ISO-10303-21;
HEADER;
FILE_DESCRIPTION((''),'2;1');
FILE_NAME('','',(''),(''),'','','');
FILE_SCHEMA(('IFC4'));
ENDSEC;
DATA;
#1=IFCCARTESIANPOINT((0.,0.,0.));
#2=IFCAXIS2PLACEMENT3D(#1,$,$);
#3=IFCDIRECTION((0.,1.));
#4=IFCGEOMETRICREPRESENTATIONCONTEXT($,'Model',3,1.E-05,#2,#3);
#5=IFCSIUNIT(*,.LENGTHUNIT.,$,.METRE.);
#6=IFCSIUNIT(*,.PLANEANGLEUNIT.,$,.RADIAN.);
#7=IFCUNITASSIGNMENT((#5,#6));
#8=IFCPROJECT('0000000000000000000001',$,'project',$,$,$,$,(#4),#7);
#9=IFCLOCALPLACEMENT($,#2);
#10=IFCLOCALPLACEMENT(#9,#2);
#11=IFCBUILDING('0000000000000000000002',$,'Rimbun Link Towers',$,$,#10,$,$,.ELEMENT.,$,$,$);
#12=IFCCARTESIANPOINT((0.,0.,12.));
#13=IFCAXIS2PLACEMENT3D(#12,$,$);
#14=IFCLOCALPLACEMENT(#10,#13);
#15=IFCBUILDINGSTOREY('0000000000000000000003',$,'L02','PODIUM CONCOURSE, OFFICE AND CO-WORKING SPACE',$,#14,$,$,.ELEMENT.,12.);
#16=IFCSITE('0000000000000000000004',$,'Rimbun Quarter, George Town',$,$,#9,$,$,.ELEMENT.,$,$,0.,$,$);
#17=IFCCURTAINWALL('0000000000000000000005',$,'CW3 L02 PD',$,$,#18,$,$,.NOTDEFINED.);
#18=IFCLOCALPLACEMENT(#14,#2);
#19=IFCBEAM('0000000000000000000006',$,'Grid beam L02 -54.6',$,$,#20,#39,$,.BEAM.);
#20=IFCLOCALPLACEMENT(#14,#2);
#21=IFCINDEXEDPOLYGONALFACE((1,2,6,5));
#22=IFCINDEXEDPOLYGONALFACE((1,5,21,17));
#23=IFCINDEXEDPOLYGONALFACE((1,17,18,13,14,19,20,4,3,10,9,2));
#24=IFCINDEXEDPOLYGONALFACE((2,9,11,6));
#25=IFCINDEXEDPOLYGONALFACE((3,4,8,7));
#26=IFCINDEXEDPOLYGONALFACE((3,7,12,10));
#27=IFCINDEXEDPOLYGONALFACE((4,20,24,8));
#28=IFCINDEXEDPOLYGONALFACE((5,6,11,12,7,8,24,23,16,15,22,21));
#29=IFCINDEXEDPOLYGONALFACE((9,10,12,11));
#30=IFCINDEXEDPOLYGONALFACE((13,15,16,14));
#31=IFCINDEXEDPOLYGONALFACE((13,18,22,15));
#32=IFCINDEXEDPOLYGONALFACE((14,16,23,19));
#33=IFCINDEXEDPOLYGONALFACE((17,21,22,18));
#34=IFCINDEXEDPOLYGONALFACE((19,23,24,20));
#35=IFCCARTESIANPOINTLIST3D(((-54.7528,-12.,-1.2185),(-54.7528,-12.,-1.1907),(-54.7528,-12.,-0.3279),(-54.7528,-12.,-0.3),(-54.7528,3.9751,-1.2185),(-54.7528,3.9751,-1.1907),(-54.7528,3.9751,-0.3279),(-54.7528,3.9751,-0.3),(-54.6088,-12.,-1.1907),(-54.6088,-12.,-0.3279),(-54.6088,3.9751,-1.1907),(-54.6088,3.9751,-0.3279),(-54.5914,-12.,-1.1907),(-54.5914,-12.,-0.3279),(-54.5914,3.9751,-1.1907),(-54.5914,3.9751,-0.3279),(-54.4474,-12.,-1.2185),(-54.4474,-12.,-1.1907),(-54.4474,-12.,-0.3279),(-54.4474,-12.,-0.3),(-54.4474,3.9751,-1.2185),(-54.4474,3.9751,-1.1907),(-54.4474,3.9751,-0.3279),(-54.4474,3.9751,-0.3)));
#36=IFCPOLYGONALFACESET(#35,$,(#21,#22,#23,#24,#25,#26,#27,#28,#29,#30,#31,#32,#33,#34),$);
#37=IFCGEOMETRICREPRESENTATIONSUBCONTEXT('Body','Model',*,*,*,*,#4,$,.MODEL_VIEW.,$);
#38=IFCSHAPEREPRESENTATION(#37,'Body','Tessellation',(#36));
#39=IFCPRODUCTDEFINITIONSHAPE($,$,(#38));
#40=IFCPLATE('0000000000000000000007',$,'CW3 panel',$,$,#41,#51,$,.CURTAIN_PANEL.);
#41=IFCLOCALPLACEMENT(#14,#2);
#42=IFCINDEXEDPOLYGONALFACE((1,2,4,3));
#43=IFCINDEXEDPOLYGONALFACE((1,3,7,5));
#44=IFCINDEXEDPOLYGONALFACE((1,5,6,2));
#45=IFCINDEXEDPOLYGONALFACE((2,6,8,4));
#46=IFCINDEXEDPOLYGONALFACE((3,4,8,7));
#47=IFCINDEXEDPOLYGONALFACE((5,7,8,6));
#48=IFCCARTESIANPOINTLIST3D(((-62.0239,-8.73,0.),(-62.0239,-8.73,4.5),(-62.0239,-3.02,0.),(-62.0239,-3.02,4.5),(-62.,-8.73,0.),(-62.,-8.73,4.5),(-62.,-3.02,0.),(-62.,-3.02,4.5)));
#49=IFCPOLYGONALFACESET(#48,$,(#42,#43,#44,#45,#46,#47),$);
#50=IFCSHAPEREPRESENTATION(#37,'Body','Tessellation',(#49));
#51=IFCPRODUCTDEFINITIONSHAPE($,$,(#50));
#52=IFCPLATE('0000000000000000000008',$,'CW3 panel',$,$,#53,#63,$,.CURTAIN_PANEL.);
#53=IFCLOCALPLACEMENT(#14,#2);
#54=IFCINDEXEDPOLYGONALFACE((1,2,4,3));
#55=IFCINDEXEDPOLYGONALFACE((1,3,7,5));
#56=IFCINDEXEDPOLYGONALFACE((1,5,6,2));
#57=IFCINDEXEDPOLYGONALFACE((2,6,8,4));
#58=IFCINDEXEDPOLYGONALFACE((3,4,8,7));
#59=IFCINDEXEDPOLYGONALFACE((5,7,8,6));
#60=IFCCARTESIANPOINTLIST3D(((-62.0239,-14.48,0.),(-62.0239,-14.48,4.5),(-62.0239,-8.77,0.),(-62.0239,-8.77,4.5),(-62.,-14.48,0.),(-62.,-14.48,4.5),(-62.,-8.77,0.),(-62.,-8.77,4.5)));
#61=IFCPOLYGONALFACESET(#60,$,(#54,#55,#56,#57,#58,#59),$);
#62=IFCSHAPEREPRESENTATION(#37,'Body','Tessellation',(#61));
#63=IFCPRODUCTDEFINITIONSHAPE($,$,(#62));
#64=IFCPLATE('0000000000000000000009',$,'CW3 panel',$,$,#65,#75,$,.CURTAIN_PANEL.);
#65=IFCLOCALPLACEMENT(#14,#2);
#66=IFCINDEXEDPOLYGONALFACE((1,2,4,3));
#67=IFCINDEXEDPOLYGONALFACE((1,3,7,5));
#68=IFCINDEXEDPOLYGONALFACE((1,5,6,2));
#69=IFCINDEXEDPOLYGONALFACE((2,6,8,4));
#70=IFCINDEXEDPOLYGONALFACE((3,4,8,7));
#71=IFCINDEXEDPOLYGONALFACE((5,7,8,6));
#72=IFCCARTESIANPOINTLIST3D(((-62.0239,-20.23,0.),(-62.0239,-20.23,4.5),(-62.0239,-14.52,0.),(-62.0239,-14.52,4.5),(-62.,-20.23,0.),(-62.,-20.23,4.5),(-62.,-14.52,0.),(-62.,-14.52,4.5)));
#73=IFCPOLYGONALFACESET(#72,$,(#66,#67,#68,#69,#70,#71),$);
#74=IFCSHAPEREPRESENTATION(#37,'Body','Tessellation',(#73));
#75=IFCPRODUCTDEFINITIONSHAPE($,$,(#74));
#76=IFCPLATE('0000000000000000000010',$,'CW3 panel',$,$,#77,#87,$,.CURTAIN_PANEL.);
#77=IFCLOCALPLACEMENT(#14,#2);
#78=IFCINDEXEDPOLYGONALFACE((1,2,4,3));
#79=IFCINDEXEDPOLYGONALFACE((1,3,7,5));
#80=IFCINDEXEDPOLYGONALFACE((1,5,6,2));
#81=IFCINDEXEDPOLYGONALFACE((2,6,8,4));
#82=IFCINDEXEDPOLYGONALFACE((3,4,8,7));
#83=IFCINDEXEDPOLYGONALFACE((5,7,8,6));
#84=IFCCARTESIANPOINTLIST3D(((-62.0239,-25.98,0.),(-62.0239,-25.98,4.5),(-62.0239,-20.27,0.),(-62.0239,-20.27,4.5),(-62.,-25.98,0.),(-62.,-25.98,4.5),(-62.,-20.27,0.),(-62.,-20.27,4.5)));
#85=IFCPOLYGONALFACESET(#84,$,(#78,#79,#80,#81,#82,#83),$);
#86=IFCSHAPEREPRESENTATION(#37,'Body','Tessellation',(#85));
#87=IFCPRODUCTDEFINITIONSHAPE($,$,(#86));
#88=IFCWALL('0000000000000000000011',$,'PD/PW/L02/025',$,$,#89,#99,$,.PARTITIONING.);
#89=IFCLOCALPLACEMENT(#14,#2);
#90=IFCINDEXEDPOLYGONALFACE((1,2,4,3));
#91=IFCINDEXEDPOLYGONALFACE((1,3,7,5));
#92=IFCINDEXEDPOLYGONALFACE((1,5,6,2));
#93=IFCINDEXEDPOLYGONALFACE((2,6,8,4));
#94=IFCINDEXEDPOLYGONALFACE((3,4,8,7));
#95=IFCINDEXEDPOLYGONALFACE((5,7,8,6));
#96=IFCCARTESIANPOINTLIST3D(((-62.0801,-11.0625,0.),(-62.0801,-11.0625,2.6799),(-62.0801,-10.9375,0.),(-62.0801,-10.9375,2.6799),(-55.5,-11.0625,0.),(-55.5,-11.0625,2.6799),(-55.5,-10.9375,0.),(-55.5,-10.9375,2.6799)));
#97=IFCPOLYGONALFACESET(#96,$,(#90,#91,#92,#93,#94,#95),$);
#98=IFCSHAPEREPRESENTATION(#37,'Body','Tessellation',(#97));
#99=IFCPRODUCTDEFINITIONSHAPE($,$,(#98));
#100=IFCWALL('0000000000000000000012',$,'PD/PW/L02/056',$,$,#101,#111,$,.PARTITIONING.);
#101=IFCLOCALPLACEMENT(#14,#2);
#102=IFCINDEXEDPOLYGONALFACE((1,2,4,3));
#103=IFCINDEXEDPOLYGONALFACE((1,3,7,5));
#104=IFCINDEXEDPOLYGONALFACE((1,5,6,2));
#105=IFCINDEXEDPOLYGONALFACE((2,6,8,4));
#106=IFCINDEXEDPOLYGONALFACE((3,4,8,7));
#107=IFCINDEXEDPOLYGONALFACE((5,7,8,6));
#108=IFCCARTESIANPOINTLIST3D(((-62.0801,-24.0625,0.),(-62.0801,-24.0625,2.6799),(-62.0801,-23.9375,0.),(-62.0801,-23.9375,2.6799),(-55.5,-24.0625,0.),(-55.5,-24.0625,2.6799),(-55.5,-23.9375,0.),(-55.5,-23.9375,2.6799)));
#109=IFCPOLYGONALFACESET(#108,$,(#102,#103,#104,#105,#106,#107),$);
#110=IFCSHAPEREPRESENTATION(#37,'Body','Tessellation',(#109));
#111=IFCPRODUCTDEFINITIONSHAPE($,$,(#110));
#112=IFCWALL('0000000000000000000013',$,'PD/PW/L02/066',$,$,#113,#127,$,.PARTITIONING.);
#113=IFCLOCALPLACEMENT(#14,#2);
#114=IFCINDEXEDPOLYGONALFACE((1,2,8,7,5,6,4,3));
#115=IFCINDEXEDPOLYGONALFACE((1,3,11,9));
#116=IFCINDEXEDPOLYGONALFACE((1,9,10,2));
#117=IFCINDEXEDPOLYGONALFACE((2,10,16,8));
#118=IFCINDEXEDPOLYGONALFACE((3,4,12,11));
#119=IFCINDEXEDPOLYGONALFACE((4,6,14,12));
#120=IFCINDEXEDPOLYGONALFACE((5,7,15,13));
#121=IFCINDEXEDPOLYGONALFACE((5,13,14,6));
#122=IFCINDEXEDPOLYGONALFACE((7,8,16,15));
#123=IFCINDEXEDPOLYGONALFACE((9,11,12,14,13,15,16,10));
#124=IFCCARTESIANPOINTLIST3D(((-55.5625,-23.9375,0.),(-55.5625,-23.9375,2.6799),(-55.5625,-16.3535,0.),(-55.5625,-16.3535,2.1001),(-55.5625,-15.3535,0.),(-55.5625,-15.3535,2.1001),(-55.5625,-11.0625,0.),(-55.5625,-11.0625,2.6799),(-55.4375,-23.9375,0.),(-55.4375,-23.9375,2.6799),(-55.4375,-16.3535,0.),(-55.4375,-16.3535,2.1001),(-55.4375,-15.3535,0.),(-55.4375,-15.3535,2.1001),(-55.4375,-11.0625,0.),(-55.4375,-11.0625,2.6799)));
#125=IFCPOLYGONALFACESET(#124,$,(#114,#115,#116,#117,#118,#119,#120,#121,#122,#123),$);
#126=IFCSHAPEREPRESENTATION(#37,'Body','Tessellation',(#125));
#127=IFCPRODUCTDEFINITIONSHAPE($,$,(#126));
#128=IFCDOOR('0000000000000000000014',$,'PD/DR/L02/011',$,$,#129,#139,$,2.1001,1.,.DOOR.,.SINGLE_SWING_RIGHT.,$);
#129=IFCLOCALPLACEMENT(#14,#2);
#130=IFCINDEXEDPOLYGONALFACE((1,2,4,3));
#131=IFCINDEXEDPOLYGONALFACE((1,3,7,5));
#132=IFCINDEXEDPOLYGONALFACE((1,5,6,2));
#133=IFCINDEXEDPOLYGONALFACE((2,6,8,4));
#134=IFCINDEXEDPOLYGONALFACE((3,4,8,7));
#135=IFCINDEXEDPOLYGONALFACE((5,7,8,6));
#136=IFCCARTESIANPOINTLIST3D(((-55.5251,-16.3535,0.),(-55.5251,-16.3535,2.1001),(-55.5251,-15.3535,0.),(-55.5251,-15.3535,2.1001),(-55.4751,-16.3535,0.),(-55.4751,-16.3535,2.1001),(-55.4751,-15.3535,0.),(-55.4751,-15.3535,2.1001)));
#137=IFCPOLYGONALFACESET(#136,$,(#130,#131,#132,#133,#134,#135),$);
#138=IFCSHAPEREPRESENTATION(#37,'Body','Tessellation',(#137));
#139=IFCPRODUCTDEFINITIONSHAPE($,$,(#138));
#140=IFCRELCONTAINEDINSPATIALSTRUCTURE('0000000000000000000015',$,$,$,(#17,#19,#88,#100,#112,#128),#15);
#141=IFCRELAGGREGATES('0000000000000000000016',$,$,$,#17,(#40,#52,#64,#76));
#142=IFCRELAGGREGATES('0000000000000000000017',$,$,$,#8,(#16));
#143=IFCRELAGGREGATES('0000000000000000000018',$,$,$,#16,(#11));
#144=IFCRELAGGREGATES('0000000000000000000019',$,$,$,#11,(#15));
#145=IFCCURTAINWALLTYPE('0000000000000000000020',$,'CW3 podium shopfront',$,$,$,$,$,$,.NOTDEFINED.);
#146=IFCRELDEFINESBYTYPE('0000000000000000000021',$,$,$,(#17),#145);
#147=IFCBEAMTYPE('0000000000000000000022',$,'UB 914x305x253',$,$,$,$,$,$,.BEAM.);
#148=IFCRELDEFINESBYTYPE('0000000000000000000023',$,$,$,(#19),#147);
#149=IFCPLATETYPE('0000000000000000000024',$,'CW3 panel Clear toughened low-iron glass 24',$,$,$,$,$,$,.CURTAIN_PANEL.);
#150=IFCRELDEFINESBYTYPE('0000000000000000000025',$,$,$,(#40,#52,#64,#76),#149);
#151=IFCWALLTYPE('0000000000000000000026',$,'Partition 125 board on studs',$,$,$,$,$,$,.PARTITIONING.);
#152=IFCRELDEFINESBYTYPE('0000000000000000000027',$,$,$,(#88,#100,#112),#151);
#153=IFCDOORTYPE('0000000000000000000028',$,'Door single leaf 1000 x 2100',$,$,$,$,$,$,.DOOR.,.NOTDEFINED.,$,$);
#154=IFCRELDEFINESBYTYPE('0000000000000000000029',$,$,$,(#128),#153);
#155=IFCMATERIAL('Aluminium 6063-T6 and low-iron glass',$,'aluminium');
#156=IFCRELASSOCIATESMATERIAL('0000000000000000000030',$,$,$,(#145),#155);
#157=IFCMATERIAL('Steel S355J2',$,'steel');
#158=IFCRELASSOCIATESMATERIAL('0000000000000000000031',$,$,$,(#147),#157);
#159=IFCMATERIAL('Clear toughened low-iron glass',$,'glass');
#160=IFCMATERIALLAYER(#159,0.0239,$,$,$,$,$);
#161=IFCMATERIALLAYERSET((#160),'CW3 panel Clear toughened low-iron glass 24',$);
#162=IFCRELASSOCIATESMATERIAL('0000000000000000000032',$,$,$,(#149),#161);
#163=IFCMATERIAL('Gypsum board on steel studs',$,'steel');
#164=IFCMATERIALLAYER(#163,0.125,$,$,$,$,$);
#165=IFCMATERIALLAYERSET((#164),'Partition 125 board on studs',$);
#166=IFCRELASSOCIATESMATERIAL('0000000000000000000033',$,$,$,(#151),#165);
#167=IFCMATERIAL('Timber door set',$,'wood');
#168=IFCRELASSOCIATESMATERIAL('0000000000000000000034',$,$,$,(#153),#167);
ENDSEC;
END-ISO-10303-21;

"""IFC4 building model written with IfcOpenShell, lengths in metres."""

from ifc_helpers import new_model, si_unit, direction, frame, frame_2d, origin, origin_2d, place, context, subcontext, project, spatial, rectangle, i_section, extrude, material, layer, layer_set, material_profile, profile_set, type_object, element, fill, aggregate, save


model = new_model("IFC4")

# Units and contexts
model_context = context("Model", 3, precision=1e-05, world=origin(), true_north=direction((0.0, 1.0)))
body_context = subcontext(model_context, "Body", "Model", "MODEL_VIEW")
ifc_project = project(units=[si_unit("LENGTHUNIT", "METRE"), si_unit("PLANEANGLEUNIT", "RADIAN")], contexts=[model_context])

# Site, building, storey
site_placement = place(None, origin())
site = spatial("IfcSite", under=ifc_project, at=site_placement, Name="Rimbun Quarter, George Town", CompositionType="ELEMENT", RefElevation=0.0)
building_placement = place(site_placement, origin())
building = spatial("IfcBuilding", under=site, at=building_placement, Name="Rimbun Link Towers", CompositionType="ELEMENT")
storey_placement = place(building_placement, frame((0.0, 0.0, 12.0)))
storey = spatial("IfcBuildingStorey", under=building, at=storey_placement, Name="L02", Description="PODIUM CONCOURSE, OFFICE AND CO-WORKING SPACE", CompositionType="ELEMENT", Elevation=12.0)

# Curtain wall
ifc_material_1 = material(Name="Aluminium 6063-T6 and low-iron glass", Category="aluminium")
curtain_wall_type = type_object("IfcCurtainWallType", Name="CW3 podium shopfront", PredefinedType="NOTDEFINED", material=ifc_material_1)
curtain_wall_placement = place(storey_placement, origin())
curtain_wall = element("IfcCurtainWall", 1, at=curtain_wall_placement, inside=storey, type_object=curtain_wall_type, Name="CW3 L02 PD", PredefinedType="NOTDEFINED")

# Beam
ifc_material_2 = material(Name="Steel S355J2", Category="steel")
ifc_material_profile_1 = material_profile(ifc_material_2, i_section(OverallWidth=0.3054, OverallDepth=0.9185, WebThickness=0.0173, FlangeThickness=0.0278, at=origin_2d()), Name="UB 914x305x253")
ifc_profile_set_1 = profile_set([ifc_material_profile_1], Name="Steel S355J2")
beam_type_1 = type_object("IfcBeamType", Name="UB 914x305x253", PredefinedType="BEAM", material=ifc_profile_set_1)
beam_1_placement = place(storey_placement, frame((-54.6001, -12.0, -0.7593), z_axis=(0.0, 1.0, 0.0), x_axis=(-1.0, 0.0, 0.0)))
element("IfcBeam", 2, at=beam_1_placement, inside=storey, type_object=beam_type_1, Name="Grid beam L02 -54.6", PredefinedType="BEAM", context=body_context, shape_type="SweptSolid", body=[
    extrude(i_section(OverallWidth=0.3054, OverallDepth=0.9185, WebThickness=0.0173, FlangeThickness=0.0278, at=origin_2d()), origin(), (0.0, 0.0, 1.0), 15.9751),
])

# Plates
ifc_material_3 = material(Name="Clear toughened low-iron glass", Category="glass")
ifc_layer_1 = layer(ifc_material_3, 0.0239)
ifc_layer_set_1 = layer_set([ifc_layer_1], Name="CW3 panel Clear toughened low-iron glass 24")
plate_type = type_object("IfcPlateType", Name="CW3 panel Clear toughened low-iron glass 24", PredefinedType="CURTAIN_PANEL", material=ifc_layer_set_1)
plate_1_placement = place(storey_placement, frame((-62.012, -5.875, 0.0), z_axis=(0.0, 0.0, 1.0), x_axis=(0.0, 1.0, 0.0)))
plate_1 = element("IfcPlate", 3, at=plate_1_placement, type_object=plate_type, Name="CW3 panel", PredefinedType="CURTAIN_PANEL", context=body_context, shape_type="SweptSolid", body=[
    extrude(rectangle(XDim=5.71, YDim=0.0239, at=origin_2d()), origin(), (0.0, 0.0, 1.0), 4.5),
])
plate_2_placement = place(storey_placement, frame((-62.012, -11.625, 0.0), z_axis=(0.0, 0.0, 1.0), x_axis=(0.0, 1.0, 0.0)))
plate_2 = element("IfcPlate", 4, at=plate_2_placement, type_object=plate_type, Name="CW3 panel", PredefinedType="CURTAIN_PANEL", context=body_context, shape_type="SweptSolid", body=[
    extrude(rectangle(XDim=5.71, YDim=0.0239, at=origin_2d()), origin(), (0.0, 0.0, 1.0), 4.5),
])
plate_3_placement = place(storey_placement, frame((-62.012, -17.375, 0.0), z_axis=(0.0, 0.0, 1.0), x_axis=(0.0, 1.0, 0.0)))
plate_3 = element("IfcPlate", 5, at=plate_3_placement, type_object=plate_type, Name="CW3 panel", PredefinedType="CURTAIN_PANEL", context=body_context, shape_type="SweptSolid", body=[
    extrude(rectangle(XDim=5.71, YDim=0.0239, at=origin_2d()), origin(), (0.0, 0.0, 1.0), 4.5),
])
plate_4_placement = place(storey_placement, frame((-62.012, -23.125, 0.0), z_axis=(0.0, 0.0, 1.0), x_axis=(0.0, 1.0, 0.0)))
plate_4 = element("IfcPlate", 6, at=plate_4_placement, type_object=plate_type, Name="CW3 panel", PredefinedType="CURTAIN_PANEL", context=body_context, shape_type="SweptSolid", body=[
    extrude(rectangle(XDim=5.71, YDim=0.0239, at=origin_2d()), origin(), (0.0, 0.0, 1.0), 4.5),
])
aggregate(curtain_wall, [plate_1, plate_2, plate_3, plate_4])

# Walls
ifc_material_4 = material(Name="Gypsum board on steel studs", Category="steel")
ifc_layer_2 = layer(ifc_material_4, 0.125)
ifc_layer_set_2 = layer_set([ifc_layer_2], Name="Partition 125 board on studs")
wall_type = type_object("IfcWallType", Name="Partition 125 board on studs", PredefinedType="PARTITIONING", material=ifc_layer_set_2)
for number, where, z_axis, x_axis, name in (
    (7, (-62.0801, -11.0, 0.0), (0.0, 0.0, 1.0), (1.0, 0.0, 0.0), "PD/PW/L02/025"),
    (8, (-55.5, -24.0, 0.0), (0.0, 0.0, 1.0), (-1.0, 0.0, 0.0), "PD/PW/L02/056"),
):
    element("IfcWall", number, at=place(storey_placement, frame(where, z_axis=z_axis, x_axis=x_axis)), inside=storey, type_object=wall_type, Name=name, PredefinedType="PARTITIONING", context=body_context, shape_type="SweptSolid", body=[
        extrude(rectangle(XDim=6.5801, YDim=0.125, at=frame_2d((3.29, 0.0))), origin(), (0.0, 0.0, 1.0), 2.6799),
    ])

# Wall, opening, door
wall_placement = place(storey_placement, frame((-55.5, -11.0625, 0.0), z_axis=(0.0, 0.0, 1.0), x_axis=(0.0, -1.0, 0.0)))
wall = element("IfcWall", 9, at=wall_placement, inside=storey, type_object=wall_type, Name="PD/PW/L02/066", PredefinedType="PARTITIONING", context=body_context, shape_type="SweptSolid", body=[
    extrude(rectangle(XDim=12.875, YDim=0.125, at=frame_2d((6.4375, 0.0))), origin(), (0.0, 0.0, 1.0), 2.6799),
])
opening_placement = place(wall_placement, frame((4.291, 0.0, 0.0)))
opening = element("IfcOpeningElement", 10, at=opening_placement, cuts=wall, PredefinedType="OPENING", context=body_context, shape_type="SweptSolid", body=[
    extrude(rectangle(XDim=1.0, YDim=2.1001, at=frame_2d((0.5, 1.05))), frame((0.0, 0.0725, 0.0), z_axis=(0.0, -1.0, 0.0), x_axis=(1.0, 0.0, 0.0)), (0.0, 0.0, 1.0), 0.145),
])
ifc_material_5 = material(Name="Timber door set", Category="wood")
door_type = type_object("IfcDoorType", Name="Door single leaf 1000 x 2100", OperationType="NOTDEFINED", PredefinedType="DOOR", material=ifc_material_5)
door_placement = place(opening_placement, origin())
door = element("IfcDoor", 11, at=door_placement, inside=storey, type_object=door_type, Name="PD/DR/L02/011", OperationType="SINGLE_SWING_RIGHT", OverallHeight=2.1001, OverallWidth=1.0, PredefinedType="DOOR", context=body_context, shape_type="SweptSolid", body=[
    extrude(rectangle(XDim=1.0, YDim=2.1001, at=frame_2d((0.5, 1.05))), frame((0.0, 0.0249, 0.0), z_axis=(0.0, -1.0, 0.0), x_axis=(1.0, 0.0, 0.0)), (0.0, 0.0, 1.0), 0.05),
])
fill(opening, door)

save(model, "model.ifc")
